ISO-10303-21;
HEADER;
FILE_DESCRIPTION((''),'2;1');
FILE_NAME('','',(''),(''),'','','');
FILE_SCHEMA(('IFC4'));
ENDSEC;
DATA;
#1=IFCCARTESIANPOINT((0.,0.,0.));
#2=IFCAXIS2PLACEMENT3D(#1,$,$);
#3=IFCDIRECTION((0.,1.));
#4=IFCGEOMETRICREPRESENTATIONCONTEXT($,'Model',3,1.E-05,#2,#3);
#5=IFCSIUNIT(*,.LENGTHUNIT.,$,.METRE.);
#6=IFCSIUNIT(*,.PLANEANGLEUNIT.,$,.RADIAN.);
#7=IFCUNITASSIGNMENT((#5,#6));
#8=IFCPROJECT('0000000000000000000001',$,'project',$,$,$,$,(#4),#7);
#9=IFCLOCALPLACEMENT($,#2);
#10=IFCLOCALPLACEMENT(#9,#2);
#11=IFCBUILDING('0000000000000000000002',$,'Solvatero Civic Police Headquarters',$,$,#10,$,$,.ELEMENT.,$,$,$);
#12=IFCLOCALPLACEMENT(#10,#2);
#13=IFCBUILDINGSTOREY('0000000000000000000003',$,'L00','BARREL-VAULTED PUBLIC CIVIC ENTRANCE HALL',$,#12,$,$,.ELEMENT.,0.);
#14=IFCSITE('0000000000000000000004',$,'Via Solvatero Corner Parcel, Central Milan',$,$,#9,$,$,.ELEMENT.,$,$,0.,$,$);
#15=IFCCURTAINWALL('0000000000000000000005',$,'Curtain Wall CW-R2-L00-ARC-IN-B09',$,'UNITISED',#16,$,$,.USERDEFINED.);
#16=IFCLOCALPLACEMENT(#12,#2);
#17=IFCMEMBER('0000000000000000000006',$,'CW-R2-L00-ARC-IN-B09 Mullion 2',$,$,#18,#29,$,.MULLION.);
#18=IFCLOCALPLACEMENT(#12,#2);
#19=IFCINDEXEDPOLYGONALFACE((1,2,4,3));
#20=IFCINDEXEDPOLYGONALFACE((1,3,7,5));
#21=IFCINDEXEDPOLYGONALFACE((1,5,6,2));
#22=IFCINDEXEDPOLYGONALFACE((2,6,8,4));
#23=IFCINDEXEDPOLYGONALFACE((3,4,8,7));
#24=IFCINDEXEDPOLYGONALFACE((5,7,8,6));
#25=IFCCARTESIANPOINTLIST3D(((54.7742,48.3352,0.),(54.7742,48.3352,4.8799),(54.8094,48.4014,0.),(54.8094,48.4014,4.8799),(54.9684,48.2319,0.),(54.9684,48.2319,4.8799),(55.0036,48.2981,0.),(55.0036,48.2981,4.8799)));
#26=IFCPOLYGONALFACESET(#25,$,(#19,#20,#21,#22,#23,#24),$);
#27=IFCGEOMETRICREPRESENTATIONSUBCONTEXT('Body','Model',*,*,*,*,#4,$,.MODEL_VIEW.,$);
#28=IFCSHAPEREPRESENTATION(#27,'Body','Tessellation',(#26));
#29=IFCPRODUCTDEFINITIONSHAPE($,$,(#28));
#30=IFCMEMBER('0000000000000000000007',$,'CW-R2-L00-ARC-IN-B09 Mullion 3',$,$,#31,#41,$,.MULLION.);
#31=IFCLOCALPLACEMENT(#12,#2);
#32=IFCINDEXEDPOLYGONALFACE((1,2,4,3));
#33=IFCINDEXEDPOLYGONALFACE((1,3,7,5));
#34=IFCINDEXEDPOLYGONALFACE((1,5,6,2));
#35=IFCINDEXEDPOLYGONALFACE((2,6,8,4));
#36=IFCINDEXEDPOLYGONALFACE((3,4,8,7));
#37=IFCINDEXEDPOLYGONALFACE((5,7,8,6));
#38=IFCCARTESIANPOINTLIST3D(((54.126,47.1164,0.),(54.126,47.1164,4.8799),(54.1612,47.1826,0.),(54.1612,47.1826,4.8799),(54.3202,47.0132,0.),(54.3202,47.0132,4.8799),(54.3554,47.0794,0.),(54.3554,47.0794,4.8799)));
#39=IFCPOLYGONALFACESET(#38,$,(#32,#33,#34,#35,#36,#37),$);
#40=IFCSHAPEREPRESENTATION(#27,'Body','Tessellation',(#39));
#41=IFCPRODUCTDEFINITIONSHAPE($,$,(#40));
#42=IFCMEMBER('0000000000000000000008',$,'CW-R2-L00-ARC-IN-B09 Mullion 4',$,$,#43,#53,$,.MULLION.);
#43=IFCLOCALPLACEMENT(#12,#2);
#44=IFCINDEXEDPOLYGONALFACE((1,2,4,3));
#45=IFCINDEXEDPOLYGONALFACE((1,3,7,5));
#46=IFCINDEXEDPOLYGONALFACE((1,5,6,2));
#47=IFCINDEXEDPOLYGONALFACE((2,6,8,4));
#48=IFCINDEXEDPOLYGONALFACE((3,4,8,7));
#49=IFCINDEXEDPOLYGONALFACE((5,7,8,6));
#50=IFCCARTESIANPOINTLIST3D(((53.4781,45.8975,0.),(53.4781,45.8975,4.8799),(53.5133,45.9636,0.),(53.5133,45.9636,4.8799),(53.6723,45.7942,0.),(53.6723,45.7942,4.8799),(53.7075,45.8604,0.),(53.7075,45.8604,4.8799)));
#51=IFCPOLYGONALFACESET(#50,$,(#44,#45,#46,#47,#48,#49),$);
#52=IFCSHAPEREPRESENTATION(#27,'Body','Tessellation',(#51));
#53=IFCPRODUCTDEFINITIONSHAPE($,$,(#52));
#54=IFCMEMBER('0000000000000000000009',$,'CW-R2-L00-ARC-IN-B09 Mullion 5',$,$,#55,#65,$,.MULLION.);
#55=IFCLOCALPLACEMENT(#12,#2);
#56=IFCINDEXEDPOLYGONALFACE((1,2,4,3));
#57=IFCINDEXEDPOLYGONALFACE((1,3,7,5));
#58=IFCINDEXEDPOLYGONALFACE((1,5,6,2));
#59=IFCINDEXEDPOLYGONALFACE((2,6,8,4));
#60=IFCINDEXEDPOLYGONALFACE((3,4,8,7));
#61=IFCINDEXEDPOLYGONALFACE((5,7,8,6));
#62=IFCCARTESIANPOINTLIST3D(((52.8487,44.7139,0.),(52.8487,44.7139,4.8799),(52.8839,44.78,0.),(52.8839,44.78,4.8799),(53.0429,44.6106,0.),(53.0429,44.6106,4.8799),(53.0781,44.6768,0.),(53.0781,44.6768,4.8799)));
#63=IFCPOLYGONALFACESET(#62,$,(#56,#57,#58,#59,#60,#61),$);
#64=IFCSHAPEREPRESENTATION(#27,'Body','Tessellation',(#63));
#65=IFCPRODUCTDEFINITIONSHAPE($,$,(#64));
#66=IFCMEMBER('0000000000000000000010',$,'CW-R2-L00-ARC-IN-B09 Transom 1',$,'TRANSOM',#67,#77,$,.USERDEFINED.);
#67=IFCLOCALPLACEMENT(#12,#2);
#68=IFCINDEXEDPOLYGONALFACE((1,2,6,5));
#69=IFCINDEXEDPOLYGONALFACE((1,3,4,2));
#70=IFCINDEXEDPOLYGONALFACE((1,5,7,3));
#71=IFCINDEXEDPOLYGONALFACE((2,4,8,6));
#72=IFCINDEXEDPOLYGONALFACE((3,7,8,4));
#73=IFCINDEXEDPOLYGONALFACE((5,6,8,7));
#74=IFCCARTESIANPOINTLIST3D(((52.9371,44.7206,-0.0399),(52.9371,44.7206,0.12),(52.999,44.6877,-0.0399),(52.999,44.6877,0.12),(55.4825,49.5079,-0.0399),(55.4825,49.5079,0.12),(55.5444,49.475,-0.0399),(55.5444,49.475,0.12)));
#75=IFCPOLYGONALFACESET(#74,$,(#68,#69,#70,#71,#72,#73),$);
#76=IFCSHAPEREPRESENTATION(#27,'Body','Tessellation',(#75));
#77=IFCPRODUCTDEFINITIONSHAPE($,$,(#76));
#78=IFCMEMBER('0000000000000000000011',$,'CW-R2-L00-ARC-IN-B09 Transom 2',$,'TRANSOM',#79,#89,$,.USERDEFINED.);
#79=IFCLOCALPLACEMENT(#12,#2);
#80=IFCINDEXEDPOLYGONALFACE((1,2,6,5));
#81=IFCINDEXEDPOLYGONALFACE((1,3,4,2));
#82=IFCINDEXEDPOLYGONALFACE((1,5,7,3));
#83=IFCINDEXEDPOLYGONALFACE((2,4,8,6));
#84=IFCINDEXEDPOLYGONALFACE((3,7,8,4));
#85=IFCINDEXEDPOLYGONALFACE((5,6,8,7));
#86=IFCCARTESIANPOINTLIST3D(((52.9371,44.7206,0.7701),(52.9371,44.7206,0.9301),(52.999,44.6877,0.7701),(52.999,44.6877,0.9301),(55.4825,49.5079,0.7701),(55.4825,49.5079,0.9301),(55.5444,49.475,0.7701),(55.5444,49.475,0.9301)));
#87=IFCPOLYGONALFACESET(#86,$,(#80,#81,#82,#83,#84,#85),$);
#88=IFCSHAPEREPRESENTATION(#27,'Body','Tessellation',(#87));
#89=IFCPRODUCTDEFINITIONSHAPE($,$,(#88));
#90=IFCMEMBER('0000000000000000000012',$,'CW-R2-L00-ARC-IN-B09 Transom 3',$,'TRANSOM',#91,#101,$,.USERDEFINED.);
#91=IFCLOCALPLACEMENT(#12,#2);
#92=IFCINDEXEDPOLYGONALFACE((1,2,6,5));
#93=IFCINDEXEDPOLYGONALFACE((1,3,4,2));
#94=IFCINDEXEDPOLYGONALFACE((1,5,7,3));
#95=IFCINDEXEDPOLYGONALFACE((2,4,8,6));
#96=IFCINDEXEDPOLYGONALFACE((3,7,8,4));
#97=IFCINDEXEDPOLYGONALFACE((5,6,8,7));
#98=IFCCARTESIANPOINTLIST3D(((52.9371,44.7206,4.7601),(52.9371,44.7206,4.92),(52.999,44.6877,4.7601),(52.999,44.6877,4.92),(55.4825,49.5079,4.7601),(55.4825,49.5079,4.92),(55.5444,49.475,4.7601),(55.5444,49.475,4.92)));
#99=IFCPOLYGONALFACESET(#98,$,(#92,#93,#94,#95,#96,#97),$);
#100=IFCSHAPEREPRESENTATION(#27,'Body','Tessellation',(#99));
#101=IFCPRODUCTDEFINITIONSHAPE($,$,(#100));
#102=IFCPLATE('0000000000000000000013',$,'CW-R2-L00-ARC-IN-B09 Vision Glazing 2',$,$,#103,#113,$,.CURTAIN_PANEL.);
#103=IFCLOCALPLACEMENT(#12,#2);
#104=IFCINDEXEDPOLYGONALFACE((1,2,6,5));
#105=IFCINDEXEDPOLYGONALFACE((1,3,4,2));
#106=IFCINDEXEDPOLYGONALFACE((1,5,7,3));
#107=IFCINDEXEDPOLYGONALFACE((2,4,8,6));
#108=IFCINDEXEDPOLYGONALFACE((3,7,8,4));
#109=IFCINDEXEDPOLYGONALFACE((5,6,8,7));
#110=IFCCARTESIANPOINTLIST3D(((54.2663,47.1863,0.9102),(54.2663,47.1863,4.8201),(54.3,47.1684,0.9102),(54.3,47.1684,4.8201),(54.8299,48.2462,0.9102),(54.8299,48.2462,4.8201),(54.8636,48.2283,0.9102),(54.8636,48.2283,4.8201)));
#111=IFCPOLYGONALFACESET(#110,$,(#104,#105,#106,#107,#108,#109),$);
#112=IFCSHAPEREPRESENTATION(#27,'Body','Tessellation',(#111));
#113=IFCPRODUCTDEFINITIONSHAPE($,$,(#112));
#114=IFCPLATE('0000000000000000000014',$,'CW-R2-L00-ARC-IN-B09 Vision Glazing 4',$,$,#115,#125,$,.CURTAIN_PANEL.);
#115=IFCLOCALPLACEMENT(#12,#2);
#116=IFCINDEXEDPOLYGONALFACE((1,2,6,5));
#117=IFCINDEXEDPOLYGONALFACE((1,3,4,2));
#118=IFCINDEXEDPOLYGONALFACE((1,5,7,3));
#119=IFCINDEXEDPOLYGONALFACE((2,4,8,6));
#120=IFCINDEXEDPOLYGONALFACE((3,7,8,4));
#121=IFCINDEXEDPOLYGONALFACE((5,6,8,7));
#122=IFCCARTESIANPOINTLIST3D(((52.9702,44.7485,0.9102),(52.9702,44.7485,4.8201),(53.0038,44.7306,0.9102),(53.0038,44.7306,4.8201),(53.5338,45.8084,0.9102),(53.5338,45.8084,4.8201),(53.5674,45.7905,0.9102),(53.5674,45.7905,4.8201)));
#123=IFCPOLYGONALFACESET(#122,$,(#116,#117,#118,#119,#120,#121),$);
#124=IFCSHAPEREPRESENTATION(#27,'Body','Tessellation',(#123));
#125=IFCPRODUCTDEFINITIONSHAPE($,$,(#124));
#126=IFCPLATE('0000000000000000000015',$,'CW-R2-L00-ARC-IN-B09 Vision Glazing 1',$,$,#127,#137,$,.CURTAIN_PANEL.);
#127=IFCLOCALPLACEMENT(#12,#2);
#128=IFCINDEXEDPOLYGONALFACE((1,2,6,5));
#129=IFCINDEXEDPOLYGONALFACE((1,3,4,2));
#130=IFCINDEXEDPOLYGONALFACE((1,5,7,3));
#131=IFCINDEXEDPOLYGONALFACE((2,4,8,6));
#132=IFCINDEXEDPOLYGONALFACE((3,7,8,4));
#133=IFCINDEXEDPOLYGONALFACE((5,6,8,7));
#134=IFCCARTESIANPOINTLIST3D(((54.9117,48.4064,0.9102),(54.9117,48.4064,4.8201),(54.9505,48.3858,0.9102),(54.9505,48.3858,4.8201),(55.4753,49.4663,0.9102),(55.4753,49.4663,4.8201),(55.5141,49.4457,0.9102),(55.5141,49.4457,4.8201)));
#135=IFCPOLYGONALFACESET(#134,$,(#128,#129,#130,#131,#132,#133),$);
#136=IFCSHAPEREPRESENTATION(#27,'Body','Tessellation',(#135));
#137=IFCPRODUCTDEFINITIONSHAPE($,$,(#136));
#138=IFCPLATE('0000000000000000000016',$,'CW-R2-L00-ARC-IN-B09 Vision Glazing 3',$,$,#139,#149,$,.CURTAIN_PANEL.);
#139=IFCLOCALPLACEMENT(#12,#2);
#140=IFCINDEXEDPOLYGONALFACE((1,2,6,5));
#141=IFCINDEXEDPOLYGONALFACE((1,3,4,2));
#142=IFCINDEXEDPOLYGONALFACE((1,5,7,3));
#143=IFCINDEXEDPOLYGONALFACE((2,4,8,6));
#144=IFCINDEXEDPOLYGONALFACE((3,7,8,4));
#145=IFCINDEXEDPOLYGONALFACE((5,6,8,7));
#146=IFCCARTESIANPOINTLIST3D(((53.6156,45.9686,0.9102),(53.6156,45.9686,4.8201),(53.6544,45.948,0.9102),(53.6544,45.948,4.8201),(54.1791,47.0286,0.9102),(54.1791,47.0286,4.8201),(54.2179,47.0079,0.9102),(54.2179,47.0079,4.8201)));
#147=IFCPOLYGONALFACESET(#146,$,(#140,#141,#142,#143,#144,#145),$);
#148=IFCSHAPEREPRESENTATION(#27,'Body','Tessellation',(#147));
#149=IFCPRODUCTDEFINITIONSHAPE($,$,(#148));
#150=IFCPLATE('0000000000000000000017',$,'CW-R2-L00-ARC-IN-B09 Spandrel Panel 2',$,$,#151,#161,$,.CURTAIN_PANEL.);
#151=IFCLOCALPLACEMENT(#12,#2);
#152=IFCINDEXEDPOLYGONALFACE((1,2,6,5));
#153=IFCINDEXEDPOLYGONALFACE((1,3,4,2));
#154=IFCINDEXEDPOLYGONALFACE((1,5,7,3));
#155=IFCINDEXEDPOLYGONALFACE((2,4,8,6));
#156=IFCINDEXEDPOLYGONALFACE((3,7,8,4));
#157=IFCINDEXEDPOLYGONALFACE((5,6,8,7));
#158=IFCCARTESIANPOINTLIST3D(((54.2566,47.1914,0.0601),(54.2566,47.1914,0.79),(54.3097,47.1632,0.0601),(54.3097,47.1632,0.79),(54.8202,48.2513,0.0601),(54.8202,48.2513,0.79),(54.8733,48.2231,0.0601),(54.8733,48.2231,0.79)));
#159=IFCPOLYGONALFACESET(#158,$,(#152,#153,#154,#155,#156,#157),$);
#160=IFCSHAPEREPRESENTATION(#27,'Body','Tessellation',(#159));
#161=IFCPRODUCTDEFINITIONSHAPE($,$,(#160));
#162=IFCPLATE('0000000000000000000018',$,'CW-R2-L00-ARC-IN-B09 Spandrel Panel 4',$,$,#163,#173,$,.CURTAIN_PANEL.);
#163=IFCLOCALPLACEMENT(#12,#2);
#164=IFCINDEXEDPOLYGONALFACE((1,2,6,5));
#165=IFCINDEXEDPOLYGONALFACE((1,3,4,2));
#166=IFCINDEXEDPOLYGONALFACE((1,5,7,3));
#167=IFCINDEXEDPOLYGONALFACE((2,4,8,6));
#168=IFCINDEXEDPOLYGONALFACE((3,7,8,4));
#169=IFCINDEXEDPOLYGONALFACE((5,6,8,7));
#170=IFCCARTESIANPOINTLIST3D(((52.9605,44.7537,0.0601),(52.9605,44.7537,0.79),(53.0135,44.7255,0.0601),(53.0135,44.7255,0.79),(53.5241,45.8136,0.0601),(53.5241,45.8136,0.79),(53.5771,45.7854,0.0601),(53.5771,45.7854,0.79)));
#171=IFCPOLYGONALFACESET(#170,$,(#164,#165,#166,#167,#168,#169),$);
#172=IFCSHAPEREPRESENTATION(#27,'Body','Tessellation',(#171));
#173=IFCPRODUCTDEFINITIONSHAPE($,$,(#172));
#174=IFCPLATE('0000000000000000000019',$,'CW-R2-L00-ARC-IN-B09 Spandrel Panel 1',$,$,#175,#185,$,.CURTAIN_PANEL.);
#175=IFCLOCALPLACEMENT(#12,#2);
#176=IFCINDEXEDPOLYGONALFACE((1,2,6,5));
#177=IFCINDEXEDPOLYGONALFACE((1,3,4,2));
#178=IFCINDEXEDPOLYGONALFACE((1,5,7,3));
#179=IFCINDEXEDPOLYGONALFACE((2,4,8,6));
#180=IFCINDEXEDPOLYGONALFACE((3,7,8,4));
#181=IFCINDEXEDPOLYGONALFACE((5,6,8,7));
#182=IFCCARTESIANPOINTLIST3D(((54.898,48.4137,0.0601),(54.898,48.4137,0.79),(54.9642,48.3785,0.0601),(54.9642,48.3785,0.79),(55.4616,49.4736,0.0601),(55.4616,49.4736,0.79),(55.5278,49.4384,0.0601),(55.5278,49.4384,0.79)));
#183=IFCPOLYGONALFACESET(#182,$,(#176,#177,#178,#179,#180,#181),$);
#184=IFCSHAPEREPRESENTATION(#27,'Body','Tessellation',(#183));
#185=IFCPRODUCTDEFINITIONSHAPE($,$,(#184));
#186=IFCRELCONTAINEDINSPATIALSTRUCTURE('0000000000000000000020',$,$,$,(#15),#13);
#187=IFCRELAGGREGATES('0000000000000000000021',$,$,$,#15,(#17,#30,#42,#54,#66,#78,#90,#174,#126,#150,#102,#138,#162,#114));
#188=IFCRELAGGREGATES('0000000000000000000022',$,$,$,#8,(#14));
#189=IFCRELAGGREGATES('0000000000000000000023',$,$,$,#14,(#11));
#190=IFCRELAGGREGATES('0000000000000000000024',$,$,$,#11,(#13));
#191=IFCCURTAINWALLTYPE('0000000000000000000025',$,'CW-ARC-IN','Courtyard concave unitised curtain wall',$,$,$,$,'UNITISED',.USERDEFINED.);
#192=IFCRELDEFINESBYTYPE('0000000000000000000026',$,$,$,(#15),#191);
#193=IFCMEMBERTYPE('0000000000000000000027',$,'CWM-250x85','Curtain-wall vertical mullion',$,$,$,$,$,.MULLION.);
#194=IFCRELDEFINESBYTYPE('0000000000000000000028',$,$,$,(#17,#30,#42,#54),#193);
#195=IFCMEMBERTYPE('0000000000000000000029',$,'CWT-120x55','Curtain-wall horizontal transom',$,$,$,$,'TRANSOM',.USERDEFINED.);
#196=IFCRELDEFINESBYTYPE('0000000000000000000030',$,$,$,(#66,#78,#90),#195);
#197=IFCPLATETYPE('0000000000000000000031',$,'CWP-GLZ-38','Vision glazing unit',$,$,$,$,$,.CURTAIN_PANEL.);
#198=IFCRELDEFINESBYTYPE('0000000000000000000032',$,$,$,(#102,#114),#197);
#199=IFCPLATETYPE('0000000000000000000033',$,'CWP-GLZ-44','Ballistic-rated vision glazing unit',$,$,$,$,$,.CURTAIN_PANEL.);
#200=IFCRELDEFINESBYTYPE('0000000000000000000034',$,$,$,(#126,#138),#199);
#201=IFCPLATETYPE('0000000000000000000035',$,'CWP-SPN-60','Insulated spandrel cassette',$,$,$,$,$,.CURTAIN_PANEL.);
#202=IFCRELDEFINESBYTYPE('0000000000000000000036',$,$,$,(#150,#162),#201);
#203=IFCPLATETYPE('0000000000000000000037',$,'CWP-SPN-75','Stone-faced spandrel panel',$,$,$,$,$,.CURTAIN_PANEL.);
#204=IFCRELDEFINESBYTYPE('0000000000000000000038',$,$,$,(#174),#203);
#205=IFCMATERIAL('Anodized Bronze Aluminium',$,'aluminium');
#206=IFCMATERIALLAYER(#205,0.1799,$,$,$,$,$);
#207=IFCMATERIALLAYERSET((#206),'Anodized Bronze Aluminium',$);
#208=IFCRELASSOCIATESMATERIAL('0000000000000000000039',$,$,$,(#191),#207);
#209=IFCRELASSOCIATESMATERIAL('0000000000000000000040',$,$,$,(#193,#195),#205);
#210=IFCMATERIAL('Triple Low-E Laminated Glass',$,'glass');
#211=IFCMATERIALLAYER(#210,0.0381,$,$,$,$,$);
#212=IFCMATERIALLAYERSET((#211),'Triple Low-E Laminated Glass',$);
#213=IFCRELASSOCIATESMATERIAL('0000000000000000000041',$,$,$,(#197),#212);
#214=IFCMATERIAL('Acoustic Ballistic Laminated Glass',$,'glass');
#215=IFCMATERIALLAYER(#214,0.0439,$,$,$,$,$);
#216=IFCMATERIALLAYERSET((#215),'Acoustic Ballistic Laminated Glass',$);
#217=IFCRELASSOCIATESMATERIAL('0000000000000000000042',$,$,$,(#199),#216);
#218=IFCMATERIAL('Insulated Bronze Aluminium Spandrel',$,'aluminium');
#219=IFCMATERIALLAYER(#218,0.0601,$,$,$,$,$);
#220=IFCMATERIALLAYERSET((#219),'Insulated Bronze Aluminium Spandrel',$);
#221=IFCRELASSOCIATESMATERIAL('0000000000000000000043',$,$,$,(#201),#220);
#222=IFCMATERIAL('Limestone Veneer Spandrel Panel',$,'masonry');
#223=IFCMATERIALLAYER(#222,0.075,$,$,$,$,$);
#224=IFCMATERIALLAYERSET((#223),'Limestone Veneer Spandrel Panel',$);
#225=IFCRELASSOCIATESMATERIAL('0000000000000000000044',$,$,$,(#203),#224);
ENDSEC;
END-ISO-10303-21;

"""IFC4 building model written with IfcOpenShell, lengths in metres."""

from ifc_helpers import new_model, si_unit, direction, frame, origin, origin_2d, place, context, subcontext, project, spatial, rectangle, extrude, material, layer, layer_set, material_profile, profile_set, type_object, element, aggregate, save


model = new_model("IFC4")

# Units and contexts
model_context = context("Model", 3, precision=1e-05, world=origin(), true_north=direction((0.0, 1.0)))
body_context = subcontext(model_context, "Body", "Model", "MODEL_VIEW")
ifc_project = project(units=[si_unit("LENGTHUNIT", "METRE"), si_unit("PLANEANGLEUNIT", "RADIAN")], contexts=[model_context])

# Site, building, storey
site_placement = place(None, origin())
site = spatial("IfcSite", under=ifc_project, at=site_placement, Name="Via Solvatero Corner Parcel, Central Milan", CompositionType="ELEMENT", RefElevation=0.0)
building_placement = place(site_placement, origin())
building = spatial("IfcBuilding", under=site, at=building_placement, Name="Solvatero Civic Police Headquarters", CompositionType="ELEMENT")
storey_placement = place(building_placement, origin())
storey = spatial("IfcBuildingStorey", under=building, at=storey_placement, Name="L00", Description="BARREL-VAULTED PUBLIC CIVIC ENTRANCE HALL", CompositionType="ELEMENT", Elevation=0.0)

# Curtain wall, members, plates
ifc_material_1 = material(Name="Anodized Bronze Aluminium", Category="aluminium")
ifc_layer_1 = layer(ifc_material_1, 0.1799)
ifc_layer_set_1 = layer_set([ifc_layer_1], Name="Anodized Bronze Aluminium")
curtain_wall_type = type_object("IfcCurtainWallType", Name="CW-ARC-IN", Description="Courtyard concave unitised curtain wall", ElementType="UNITISED", PredefinedType="USERDEFINED", material=ifc_layer_set_1)
curtain_wall_placement = place(storey_placement, origin())
curtain_wall = element("IfcCurtainWall", 1, at=curtain_wall_placement, inside=storey, type_object=curtain_wall_type, Name="Curtain Wall CW-R2-L00-ARC-IN-B09", ObjectType="UNITISED", PredefinedType="USERDEFINED")
ifc_material_profile_1 = material_profile(ifc_material_1, rectangle(XDim=0.075, YDim=0.22, at=origin_2d()), Name="ALU MULLION 75x220")
ifc_profile_set_1 = profile_set([ifc_material_profile_1], Name="Anodized Bronze Aluminium")
member_type_1 = type_object("IfcMemberType", Name="CWM-250x85", Description="Curtain-wall vertical mullion", PredefinedType="MULLION", material=ifc_profile_set_1)
member_1_placement = place(storey_placement, frame((54.8889, 48.3167, 0.0), z_axis=(0.0, 0.0, 1.0), x_axis=(-0.469487, -0.882939, 0.0)))
member_1 = element("IfcMember", 2, at=member_1_placement, type_object=member_type_1, Name="CW-R2-L00-ARC-IN-B09 Mullion 2", PredefinedType="MULLION", context=body_context, shape_type="SweptSolid", body=[
    extrude(rectangle(XDim=0.075, YDim=0.22, at=origin_2d()), origin(), (0.0, 0.0, 1.0), 4.8799),
])
member_2_placement = place(storey_placement, frame((54.2407, 47.0979, 0.0), z_axis=(0.0, 0.0, 1.0), x_axis=(-0.469487, -0.882939, 0.0)))
member_2 = element("IfcMember", 3, at=member_2_placement, type_object=member_type_1, Name="CW-R2-L00-ARC-IN-B09 Mullion 3", PredefinedType="MULLION", context=body_context, shape_type="SweptSolid", body=[
    extrude(rectangle(XDim=0.075, YDim=0.22, at=origin_2d()), origin(), (0.0, 0.0, 1.0), 4.8799),
])
member_3_placement = place(storey_placement, frame((53.5928, 45.8789, 0.0), z_axis=(0.0, 0.0, 1.0), x_axis=(-0.469487, -0.882939, 0.0)))
member_3 = element("IfcMember", 4, at=member_3_placement, type_object=member_type_1, Name="CW-R2-L00-ARC-IN-B09 Mullion 4", PredefinedType="MULLION", context=body_context, shape_type="SweptSolid", body=[
    extrude(rectangle(XDim=0.075, YDim=0.22, at=origin_2d()), origin(), (0.0, 0.0, 1.0), 4.8799),
])
member_4_placement = place(storey_placement, frame((52.9634, 44.6953, 0.0), z_axis=(0.0, 0.0, 1.0), x_axis=(-0.469487, -0.882939, 0.0)))
member_4 = element("IfcMember", 5, at=member_4_placement, type_object=member_type_1, Name="CW-R2-L00-ARC-IN-B09 Mullion 5", PredefinedType="MULLION", context=body_context, shape_type="SweptSolid", body=[
    extrude(rectangle(XDim=0.075, YDim=0.22, at=origin_2d()), origin(), (0.0, 0.0, 1.0), 4.8799),
])
ifc_material_profile_2 = material_profile(ifc_material_1, rectangle(XDim=0.0701, YDim=0.1599, at=origin_2d()), Name="ALU TRANSOM 70x160")
ifc_profile_set_2 = profile_set([ifc_material_profile_2], Name="Anodized Bronze Aluminium")
member_type_2 = type_object("IfcMemberType", Name="CWT-120x55", Description="Curtain-wall horizontal transom", ElementType="TRANSOM", PredefinedType="USERDEFINED", material=ifc_profile_set_2)
member_5_placement = place(storey_placement, frame((55.5134, 49.4915, 0.04), z_axis=(-0.469461, -0.882953, 0.0), x_axis=(0.882953, -0.469461, 0.0)))
member_5 = element("IfcMember", 6, at=member_5_placement, type_object=member_type_2, Name="CW-R2-L00-ARC-IN-B09 Transom 1", ObjectType="TRANSOM", PredefinedType="USERDEFINED", context=body_context, shape_type="SweptSolid", body=[
    extrude(rectangle(XDim=0.0701, YDim=0.1599, at=origin_2d()), origin(), (0.0, 0.0, 1.0), 5.4219),
])
member_6_placement = place(storey_placement, frame((55.5134, 49.4915, 0.8501), z_axis=(-0.469461, -0.882953, 0.0), x_axis=(0.882953, -0.469461, 0.0)))
member_6 = element("IfcMember", 7, at=member_6_placement, type_object=member_type_2, Name="CW-R2-L00-ARC-IN-B09 Transom 2", ObjectType="TRANSOM", PredefinedType="USERDEFINED", context=body_context, shape_type="SweptSolid", body=[
    extrude(rectangle(XDim=0.0701, YDim=0.1599, at=origin_2d()), origin(), (0.0, 0.0, 1.0), 5.4219),
])
member_7_placement = place(storey_placement, frame((55.5134, 49.4915, 4.8401), z_axis=(-0.469461, -0.882953, 0.0), x_axis=(0.882953, -0.469461, 0.0)))
member_7 = element("IfcMember", 8, at=member_7_placement, type_object=member_type_2, Name="CW-R2-L00-ARC-IN-B09 Transom 3", ObjectType="TRANSOM", PredefinedType="USERDEFINED", context=body_context, shape_type="SweptSolid", body=[
    extrude(rectangle(XDim=0.0701, YDim=0.1599, at=origin_2d()), origin(), (0.0, 0.0, 1.0), 5.4219),
])
ifc_material_2 = material(Name="Triple Low-E Laminated Glass", Category="glass")
ifc_layer_2 = layer(ifc_material_2, 0.0381)
ifc_layer_set_2 = layer_set([ifc_layer_2], Name="Triple Low-E Laminated Glass")
plate_type_1 = type_object("IfcPlateType", Name="CWP-GLZ-38", Description="Vision glazing unit", PredefinedType="CURTAIN_PANEL", material=ifc_layer_set_2)
plate_1_placement = place(storey_placement, frame((54.5649, 47.7073, 0.9102), z_axis=(0.0, 0.0, 1.0), x_axis=(-0.469487, -0.882939, 0.0)))
plate_1 = element("IfcPlate", 9, at=plate_1_placement, type_object=plate_type_1, Name="CW-R2-L00-ARC-IN-B09 Vision Glazing 2", PredefinedType="CURTAIN_PANEL", context=body_context, shape_type="SweptSolid", body=[
    extrude(rectangle(XDim=1.2004, YDim=0.0381, at=origin_2d()), origin(), (0.0, 0.0, 1.0), 3.9099),
])
plate_2_placement = place(storey_placement, frame((53.2688, 45.2695, 0.9102), z_axis=(0.0, 0.0, 1.0), x_axis=(-0.469487, -0.882939, 0.0)))
plate_2 = element("IfcPlate", 10, at=plate_2_placement, type_object=plate_type_1, Name="CW-R2-L00-ARC-IN-B09 Vision Glazing 4", PredefinedType="CURTAIN_PANEL", context=body_context, shape_type="SweptSolid", body=[
    extrude(rectangle(XDim=1.2004, YDim=0.0381, at=origin_2d()), origin(), (0.0, 0.0, 1.0), 3.9099),
])
ifc_material_3 = material(Name="Acoustic Ballistic Laminated Glass", Category="glass")
ifc_layer_3 = layer(ifc_material_3, 0.0439)
ifc_layer_set_3 = layer_set([ifc_layer_3], Name="Acoustic Ballistic Laminated Glass")
plate_type_2 = type_object("IfcPlateType", Name="CWP-GLZ-44", Description="Ballistic-rated vision glazing unit", PredefinedType="CURTAIN_PANEL", material=ifc_layer_set_3)
plate_3_placement = place(storey_placement, frame((55.2129, 48.926, 0.9102), z_axis=(0.0, 0.0, 1.0), x_axis=(-0.469487, -0.882939, 0.0)))
plate_3 = element("IfcPlate", 11, at=plate_3_placement, type_object=plate_type_2, Name="CW-R2-L00-ARC-IN-B09 Vision Glazing 1", PredefinedType="CURTAIN_PANEL", context=body_context, shape_type="SweptSolid", body=[
    extrude(rectangle(XDim=1.2004, YDim=0.0439, at=origin_2d()), origin(), (0.0, 0.0, 1.0), 3.9099),
])
plate_4_placement = place(storey_placement, frame((53.9167, 46.4883, 0.9102), z_axis=(0.0, 0.0, 1.0), x_axis=(-0.469487, -0.882939, 0.0)))
plate_4 = element("IfcPlate", 12, at=plate_4_placement, type_object=plate_type_2, Name="CW-R2-L00-ARC-IN-B09 Vision Glazing 3", PredefinedType="CURTAIN_PANEL", context=body_context, shape_type="SweptSolid", body=[
    extrude(rectangle(XDim=1.2004, YDim=0.0439, at=origin_2d()), origin(), (0.0, 0.0, 1.0), 3.9099),
])
ifc_material_4 = material(Name="Insulated Bronze Aluminium Spandrel", Category="aluminium")
ifc_layer_4 = layer(ifc_material_4, 0.0601)
ifc_layer_set_4 = layer_set([ifc_layer_4], Name="Insulated Bronze Aluminium Spandrel")
plate_type_3 = type_object("IfcPlateType", Name="CWP-SPN-60", Description="Insulated spandrel cassette", PredefinedType="CURTAIN_PANEL", material=ifc_layer_set_4)
plate_5_placement = place(storey_placement, frame((54.5649, 47.7073, 0.0601), z_axis=(0.0, 0.0, 1.0), x_axis=(-0.469487, -0.882939, 0.0)))
plate_5 = element("IfcPlate", 13, at=plate_5_placement, type_object=plate_type_3, Name="CW-R2-L00-ARC-IN-B09 Spandrel Panel 2", PredefinedType="CURTAIN_PANEL", context=body_context, shape_type="SweptSolid", body=[
    extrude(rectangle(XDim=1.2004, YDim=0.0601, at=origin_2d()), origin(), (0.0, 0.0, 1.0), 0.73),
])
plate_6_placement = place(storey_placement, frame((53.2688, 45.2695, 0.0601), z_axis=(0.0, 0.0, 1.0), x_axis=(-0.469487, -0.882939, 0.0)))
plate_6 = element("IfcPlate", 14, at=plate_6_placement, type_object=plate_type_3, Name="CW-R2-L00-ARC-IN-B09 Spandrel Panel 4", PredefinedType="CURTAIN_PANEL", context=body_context, shape_type="SweptSolid", body=[
    extrude(rectangle(XDim=1.2004, YDim=0.0601, at=origin_2d()), origin(), (0.0, 0.0, 1.0), 0.73),
])
ifc_material_5 = material(Name="Limestone Veneer Spandrel Panel", Category="masonry")
ifc_layer_5 = layer(ifc_material_5, 0.075)
ifc_layer_set_5 = layer_set([ifc_layer_5], Name="Limestone Veneer Spandrel Panel")
plate_type_4 = type_object("IfcPlateType", Name="CWP-SPN-75", Description="Stone-faced spandrel panel", PredefinedType="CURTAIN_PANEL", material=ifc_layer_set_5)
plate_7_placement = place(storey_placement, frame((55.2129, 48.926, 0.0601), z_axis=(0.0, 0.0, 1.0), x_axis=(-0.469487, -0.882939, 0.0)))
plate_7 = element("IfcPlate", 15, at=plate_7_placement, type_object=plate_type_4, Name="CW-R2-L00-ARC-IN-B09 Spandrel Panel 1", PredefinedType="CURTAIN_PANEL", context=body_context, shape_type="SweptSolid", body=[
    extrude(rectangle(XDim=1.2004, YDim=0.075, at=origin_2d()), origin(), (0.0, 0.0, 1.0), 0.73),
])
aggregate(curtain_wall, [member_1, member_2, member_3, member_4, member_5, member_6, member_7, plate_7, plate_3, plate_5, plate_1, plate_4, plate_6, plate_2])

save(model, "model.ifc")
